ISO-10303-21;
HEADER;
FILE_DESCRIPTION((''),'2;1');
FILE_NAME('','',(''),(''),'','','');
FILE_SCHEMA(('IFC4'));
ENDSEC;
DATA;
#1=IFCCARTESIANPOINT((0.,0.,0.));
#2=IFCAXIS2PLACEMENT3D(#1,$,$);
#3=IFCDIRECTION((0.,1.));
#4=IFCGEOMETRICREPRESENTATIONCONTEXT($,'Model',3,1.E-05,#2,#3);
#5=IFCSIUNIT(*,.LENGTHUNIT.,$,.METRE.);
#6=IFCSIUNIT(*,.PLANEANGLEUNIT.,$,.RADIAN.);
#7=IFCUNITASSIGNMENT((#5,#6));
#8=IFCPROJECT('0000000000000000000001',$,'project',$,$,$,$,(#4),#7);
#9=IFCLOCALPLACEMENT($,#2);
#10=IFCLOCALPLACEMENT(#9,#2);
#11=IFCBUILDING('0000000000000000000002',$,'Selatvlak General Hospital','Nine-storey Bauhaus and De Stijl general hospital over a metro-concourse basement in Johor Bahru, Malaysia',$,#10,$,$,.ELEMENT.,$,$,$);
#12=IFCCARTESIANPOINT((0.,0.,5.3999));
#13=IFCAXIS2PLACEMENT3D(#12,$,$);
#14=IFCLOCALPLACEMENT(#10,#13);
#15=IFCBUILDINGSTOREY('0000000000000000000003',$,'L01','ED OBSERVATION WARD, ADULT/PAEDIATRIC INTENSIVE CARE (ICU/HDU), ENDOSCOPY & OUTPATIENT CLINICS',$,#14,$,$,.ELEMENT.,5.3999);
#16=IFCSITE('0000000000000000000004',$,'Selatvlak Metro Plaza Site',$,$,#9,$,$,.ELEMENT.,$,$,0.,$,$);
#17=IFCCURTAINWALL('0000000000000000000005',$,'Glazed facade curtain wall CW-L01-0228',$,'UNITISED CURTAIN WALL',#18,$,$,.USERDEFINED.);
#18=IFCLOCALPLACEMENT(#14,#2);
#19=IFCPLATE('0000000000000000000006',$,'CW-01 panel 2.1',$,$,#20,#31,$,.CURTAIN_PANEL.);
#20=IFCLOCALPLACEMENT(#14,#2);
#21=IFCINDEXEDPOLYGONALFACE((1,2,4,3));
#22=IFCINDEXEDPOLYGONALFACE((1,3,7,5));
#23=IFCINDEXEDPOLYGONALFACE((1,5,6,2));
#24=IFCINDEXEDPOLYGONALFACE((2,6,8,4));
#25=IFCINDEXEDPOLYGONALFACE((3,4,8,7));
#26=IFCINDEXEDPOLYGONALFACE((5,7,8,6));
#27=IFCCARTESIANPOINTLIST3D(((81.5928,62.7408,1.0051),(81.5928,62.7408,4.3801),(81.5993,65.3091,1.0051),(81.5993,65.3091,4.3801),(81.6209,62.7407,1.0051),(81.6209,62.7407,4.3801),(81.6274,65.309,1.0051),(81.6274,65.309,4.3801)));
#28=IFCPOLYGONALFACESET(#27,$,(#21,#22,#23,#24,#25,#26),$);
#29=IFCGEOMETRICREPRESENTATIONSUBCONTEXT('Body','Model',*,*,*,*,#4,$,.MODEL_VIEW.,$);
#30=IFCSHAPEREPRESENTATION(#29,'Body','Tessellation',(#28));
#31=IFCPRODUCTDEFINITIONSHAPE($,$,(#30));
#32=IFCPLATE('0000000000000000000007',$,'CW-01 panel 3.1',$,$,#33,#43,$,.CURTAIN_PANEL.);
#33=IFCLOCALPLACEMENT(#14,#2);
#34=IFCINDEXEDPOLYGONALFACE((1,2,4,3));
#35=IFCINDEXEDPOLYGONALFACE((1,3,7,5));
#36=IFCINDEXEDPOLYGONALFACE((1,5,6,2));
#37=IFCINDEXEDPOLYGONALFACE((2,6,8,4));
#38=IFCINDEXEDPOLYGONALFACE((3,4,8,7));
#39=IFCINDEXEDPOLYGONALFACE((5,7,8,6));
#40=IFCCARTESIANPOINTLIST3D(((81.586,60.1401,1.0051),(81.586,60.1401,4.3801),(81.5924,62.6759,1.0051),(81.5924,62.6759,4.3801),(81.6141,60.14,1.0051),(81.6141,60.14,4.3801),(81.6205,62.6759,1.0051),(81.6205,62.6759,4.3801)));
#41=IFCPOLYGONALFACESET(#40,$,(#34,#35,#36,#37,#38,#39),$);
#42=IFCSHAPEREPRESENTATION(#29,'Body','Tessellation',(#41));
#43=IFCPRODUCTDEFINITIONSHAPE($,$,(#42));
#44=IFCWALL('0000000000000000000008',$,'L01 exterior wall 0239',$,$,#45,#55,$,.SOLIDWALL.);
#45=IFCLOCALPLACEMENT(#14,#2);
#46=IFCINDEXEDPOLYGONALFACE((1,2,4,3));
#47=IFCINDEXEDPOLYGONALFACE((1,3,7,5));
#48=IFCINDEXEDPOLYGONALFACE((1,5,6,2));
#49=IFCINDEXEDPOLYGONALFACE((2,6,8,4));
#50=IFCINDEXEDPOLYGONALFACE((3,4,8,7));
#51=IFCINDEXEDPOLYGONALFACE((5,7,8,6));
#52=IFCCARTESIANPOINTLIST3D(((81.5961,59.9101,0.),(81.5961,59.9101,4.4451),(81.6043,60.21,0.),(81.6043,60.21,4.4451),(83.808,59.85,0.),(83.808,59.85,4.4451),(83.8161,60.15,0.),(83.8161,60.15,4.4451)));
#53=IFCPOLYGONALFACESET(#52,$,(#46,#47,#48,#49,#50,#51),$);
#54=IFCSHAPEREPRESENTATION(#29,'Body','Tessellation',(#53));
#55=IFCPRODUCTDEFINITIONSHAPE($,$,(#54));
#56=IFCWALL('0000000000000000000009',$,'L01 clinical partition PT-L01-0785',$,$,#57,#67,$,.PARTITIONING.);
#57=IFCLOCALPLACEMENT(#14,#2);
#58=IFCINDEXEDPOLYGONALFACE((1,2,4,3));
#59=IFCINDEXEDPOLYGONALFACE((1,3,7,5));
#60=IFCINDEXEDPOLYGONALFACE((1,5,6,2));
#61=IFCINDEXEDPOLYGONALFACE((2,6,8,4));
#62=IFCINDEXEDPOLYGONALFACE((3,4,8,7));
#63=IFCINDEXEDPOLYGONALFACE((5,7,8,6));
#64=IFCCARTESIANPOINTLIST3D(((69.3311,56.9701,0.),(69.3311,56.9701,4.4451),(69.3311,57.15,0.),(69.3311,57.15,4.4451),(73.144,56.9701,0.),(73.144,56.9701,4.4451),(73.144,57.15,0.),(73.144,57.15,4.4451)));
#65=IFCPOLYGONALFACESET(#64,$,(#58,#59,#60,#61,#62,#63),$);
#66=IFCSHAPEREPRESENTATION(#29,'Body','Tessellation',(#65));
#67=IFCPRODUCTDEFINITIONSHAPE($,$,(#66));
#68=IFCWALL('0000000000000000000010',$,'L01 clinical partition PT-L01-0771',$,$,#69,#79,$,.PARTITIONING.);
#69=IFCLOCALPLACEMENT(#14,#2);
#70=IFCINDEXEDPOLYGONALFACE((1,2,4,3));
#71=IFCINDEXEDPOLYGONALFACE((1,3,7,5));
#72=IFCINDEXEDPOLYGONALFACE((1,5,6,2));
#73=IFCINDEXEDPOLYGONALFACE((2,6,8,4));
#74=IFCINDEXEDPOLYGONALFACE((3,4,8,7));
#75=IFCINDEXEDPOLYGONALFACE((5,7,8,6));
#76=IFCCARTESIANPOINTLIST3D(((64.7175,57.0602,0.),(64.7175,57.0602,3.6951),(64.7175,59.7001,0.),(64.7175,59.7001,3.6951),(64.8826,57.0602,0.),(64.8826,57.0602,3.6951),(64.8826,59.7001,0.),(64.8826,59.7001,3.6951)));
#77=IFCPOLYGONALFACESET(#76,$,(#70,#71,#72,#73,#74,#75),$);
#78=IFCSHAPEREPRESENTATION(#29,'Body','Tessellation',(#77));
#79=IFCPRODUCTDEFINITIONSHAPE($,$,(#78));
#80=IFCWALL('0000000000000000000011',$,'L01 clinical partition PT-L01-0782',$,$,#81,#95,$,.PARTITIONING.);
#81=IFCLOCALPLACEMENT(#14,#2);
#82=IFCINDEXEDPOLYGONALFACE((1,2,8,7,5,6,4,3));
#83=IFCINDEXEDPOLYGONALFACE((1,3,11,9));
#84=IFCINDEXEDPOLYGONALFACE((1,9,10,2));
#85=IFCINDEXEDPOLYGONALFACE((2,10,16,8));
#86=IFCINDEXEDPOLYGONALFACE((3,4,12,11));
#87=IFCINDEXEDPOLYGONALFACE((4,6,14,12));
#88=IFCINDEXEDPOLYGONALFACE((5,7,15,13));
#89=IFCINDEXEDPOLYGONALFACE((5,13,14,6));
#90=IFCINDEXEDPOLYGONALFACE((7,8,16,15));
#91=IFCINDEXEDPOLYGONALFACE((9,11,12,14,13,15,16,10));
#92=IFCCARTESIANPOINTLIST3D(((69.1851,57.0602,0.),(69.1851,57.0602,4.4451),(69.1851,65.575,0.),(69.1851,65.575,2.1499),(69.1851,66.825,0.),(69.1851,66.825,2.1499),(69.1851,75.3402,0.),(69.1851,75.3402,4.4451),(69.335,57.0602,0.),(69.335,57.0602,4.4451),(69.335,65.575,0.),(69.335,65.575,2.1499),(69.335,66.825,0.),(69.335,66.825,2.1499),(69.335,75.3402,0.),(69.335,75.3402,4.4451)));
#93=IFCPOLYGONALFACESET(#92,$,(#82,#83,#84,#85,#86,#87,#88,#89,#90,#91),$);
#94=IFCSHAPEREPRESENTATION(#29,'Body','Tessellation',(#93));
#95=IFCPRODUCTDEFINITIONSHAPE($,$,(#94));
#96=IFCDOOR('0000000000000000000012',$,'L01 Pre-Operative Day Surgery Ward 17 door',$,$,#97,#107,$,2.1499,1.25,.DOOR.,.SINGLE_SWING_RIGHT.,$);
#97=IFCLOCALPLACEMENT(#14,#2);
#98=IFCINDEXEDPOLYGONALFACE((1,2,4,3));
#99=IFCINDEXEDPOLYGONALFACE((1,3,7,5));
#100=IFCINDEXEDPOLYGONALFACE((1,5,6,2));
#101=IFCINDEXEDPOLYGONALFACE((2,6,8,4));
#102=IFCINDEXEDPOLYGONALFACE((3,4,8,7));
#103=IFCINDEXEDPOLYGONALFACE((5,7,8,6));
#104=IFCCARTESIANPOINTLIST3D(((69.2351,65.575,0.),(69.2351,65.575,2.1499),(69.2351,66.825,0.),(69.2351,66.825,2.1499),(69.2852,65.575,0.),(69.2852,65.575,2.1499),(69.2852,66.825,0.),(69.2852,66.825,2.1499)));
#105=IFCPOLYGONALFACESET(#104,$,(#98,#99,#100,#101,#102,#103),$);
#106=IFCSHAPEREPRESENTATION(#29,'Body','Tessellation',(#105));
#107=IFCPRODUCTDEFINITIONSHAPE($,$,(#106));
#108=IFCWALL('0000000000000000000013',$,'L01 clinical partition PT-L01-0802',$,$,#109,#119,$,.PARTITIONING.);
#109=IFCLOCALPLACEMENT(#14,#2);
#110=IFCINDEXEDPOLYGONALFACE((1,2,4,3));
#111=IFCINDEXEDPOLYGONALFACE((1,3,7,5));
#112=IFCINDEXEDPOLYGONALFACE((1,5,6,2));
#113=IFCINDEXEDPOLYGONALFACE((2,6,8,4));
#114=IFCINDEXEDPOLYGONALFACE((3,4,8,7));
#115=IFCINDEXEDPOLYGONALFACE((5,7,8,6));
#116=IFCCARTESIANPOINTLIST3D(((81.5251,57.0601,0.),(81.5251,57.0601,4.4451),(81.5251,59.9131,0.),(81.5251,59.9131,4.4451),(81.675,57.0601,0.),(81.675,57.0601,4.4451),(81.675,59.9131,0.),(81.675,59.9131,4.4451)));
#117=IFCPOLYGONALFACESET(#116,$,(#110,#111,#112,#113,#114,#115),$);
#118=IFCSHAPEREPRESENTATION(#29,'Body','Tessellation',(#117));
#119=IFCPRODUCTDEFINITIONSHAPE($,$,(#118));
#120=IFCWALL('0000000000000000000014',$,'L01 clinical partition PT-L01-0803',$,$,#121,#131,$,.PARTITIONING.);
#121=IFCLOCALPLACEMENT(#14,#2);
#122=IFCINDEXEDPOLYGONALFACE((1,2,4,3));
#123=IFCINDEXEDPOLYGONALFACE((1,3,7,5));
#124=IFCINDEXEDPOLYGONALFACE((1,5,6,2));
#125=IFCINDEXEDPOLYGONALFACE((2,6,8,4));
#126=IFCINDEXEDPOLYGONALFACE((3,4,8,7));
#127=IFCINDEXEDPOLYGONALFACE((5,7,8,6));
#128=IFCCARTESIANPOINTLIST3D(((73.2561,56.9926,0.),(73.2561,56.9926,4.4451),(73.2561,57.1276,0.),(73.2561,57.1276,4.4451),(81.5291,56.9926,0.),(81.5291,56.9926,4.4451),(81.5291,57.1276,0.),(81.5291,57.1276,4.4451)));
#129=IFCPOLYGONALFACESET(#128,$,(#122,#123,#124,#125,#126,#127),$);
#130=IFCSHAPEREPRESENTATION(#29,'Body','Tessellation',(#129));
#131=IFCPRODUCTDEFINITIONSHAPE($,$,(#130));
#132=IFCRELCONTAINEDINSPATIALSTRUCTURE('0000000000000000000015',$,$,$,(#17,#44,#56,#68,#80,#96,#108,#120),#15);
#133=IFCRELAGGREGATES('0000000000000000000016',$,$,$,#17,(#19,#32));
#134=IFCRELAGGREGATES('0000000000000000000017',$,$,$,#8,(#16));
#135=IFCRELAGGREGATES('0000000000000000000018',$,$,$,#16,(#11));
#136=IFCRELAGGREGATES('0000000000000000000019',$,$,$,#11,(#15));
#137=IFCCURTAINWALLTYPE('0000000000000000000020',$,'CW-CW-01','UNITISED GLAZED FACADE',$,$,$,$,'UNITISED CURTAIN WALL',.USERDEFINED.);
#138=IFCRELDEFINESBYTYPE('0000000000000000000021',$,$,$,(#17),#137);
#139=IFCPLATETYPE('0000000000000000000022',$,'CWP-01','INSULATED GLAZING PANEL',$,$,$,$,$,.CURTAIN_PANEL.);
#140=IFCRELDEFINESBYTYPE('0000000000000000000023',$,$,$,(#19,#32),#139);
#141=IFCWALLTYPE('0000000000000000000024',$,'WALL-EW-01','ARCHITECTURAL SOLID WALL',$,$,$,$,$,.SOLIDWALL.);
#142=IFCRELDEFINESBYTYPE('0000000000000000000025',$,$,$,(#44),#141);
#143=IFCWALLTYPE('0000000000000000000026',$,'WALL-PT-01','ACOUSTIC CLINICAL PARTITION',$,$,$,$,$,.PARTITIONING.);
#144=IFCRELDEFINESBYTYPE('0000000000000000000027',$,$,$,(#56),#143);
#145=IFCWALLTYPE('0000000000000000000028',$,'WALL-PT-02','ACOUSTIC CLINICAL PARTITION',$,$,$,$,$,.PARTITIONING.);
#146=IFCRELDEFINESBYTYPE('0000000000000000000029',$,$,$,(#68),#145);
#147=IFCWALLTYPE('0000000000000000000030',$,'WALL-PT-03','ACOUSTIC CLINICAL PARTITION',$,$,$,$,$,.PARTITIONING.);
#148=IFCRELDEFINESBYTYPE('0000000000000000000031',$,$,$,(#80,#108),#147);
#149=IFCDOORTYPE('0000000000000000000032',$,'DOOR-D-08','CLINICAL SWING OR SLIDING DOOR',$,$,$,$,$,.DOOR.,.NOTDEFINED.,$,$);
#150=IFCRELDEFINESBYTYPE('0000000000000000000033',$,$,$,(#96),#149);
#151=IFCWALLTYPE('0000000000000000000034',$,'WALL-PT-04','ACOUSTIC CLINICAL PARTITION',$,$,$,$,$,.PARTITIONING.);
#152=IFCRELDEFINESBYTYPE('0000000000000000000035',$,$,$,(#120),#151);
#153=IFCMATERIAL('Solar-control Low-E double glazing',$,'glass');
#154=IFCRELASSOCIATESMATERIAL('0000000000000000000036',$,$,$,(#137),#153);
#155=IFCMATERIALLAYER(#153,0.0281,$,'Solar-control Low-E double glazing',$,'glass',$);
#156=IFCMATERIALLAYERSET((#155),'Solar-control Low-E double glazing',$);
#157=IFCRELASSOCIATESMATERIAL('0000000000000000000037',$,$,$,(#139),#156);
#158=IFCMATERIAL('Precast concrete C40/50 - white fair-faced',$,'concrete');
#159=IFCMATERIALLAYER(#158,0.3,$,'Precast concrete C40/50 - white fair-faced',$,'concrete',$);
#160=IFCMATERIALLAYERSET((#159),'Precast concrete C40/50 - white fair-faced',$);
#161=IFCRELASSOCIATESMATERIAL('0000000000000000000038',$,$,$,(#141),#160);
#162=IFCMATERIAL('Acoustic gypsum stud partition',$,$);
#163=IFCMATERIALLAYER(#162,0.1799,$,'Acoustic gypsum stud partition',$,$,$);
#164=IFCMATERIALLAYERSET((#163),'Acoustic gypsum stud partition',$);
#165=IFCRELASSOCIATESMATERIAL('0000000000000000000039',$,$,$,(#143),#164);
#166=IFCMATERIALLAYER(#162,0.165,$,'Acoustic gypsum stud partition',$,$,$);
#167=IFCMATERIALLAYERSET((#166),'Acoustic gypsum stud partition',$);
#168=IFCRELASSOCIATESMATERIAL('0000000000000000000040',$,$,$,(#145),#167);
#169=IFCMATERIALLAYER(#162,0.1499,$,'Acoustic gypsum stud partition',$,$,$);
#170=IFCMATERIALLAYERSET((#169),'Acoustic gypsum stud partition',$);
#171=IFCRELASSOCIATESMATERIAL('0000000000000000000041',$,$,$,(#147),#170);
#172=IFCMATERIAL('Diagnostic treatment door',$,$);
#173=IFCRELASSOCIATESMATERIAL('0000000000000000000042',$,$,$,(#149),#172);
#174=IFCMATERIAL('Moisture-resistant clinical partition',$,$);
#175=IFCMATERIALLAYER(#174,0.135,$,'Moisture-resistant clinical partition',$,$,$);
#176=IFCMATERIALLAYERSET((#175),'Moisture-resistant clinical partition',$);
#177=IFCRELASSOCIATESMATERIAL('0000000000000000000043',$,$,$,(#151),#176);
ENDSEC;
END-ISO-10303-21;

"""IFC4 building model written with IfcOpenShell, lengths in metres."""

from ifc_helpers import new_model, si_unit, direction, frame, frame_2d, origin, origin_2d, place, context, subcontext, project, spatial, rectangle, extrude, material, layer, layer_set, type_object, element, fill, aggregate, save


model = new_model("IFC4")

# Units and contexts
model_context = context("Model", 3, precision=1e-05, world=origin(), true_north=direction((0.0, 1.0)))
body_context = subcontext(model_context, "Body", "Model", "MODEL_VIEW")
ifc_project = project(units=[si_unit("LENGTHUNIT", "METRE"), si_unit("PLANEANGLEUNIT", "RADIAN")], contexts=[model_context])

# Site, building, storey
site_placement = place(None, origin())
site = spatial("IfcSite", under=ifc_project, at=site_placement, Name="Selatvlak Metro Plaza Site", CompositionType="ELEMENT", RefElevation=0.0)
building_placement = place(site_placement, origin())
building = spatial("IfcBuilding", under=site, at=building_placement, Name="Selatvlak General Hospital", Description="Nine-storey Bauhaus and De Stijl general hospital over a metro-concourse basement in Johor Bahru, Malaysia", CompositionType="ELEMENT")
storey_placement = place(building_placement, frame((0.0, 0.0, 5.3999)))
storey = spatial("IfcBuildingStorey", under=building, at=storey_placement, Name="L01", Description="ED OBSERVATION WARD, ADULT/PAEDIATRIC INTENSIVE CARE (ICU/HDU), ENDOSCOPY & OUTPATIENT CLINICS", CompositionType="ELEMENT", Elevation=5.3999)

# Curtain wall, plates
ifc_material_1 = material(Name="Solar-control Low-E double glazing", Category="glass")
curtain_wall_type = type_object("IfcCurtainWallType", Name="CW-CW-01", Description="UNITISED GLAZED FACADE", ElementType="UNITISED CURTAIN WALL", PredefinedType="USERDEFINED", material=ifc_material_1)
curtain_wall_placement = place(storey_placement, origin())
curtain_wall = element("IfcCurtainWall", 1, at=curtain_wall_placement, inside=storey, type_object=curtain_wall_type, Name="Glazed facade curtain wall CW-L01-0228", ObjectType="UNITISED CURTAIN WALL", PredefinedType="USERDEFINED")
ifc_layer_1 = layer(ifc_material_1, 0.0281, Name="Solar-control Low-E double glazing", Category="glass")
ifc_layer_set_1 = layer_set([ifc_layer_1], Name="Solar-control Low-E double glazing")
plate_type = type_object("IfcPlateType", Name="CWP-01", Description="INSULATED GLAZING PANEL", PredefinedType="CURTAIN_PANEL", material=ifc_layer_set_1)
plate_1_placement = place(storey_placement, frame((81.6101, 64.0249, 1.0051), z_axis=(0.0, 0.0, 1.0), x_axis=(-0.002532, -0.999997, 0.0)))
plate_1 = element("IfcPlate", 2, at=plate_1_placement, type_object=plate_type, Name="CW-01 panel 2.1", PredefinedType="CURTAIN_PANEL", context=body_context, shape_type="SweptSolid", body=[
    extrude(rectangle(XDim=2.5684, YDim=0.0281, at=origin_2d()), origin(), (0.0, 0.0, 1.0), 3.375),
])
plate_2_placement = place(storey_placement, frame((81.6033, 61.408, 1.0051), z_axis=(0.0, 0.0, 1.0), x_axis=(-0.002532, -0.999997, 0.0)))
plate_2 = element("IfcPlate", 3, at=plate_2_placement, type_object=plate_type, Name="CW-01 panel 3.1", PredefinedType="CURTAIN_PANEL", context=body_context, shape_type="SweptSolid", body=[
    extrude(rectangle(XDim=2.5359, YDim=0.0281, at=origin_2d()), origin(), (0.0, 0.0, 1.0), 3.375),
])
aggregate(curtain_wall, [plate_1, plate_2])

# Walls
ifc_material_2 = material(Name="Precast concrete C40/50 - white fair-faced", Category="concrete")
ifc_layer_2 = layer(ifc_material_2, 0.3, Name="Precast concrete C40/50 - white fair-faced", Category="concrete")
ifc_layer_set_2 = layer_set([ifc_layer_2], Name="Precast concrete C40/50 - white fair-faced")
wall_type_1 = type_object("IfcWallType", Name="WALL-EW-01", Description="ARCHITECTURAL SOLID WALL", PredefinedType="SOLIDWALL", material=ifc_layer_set_2)
wall_1_placement = place(storey_placement, frame((81.6001, 60.0601, 0.0), z_axis=(0.0, 0.0, 1.0), x_axis=(0.999632, -0.027142, 0.0)))
element("IfcWall", 4, at=wall_1_placement, inside=storey, type_object=wall_type_1, Name="L01 exterior wall 0239", PredefinedType="SOLIDWALL", context=body_context, shape_type="SweptSolid", body=[
    extrude(rectangle(XDim=2.2126, YDim=0.3, at=frame_2d((1.1064, 0.0))), origin(), (0.0, 0.0, 1.0), 4.4451),
])
ifc_material_3 = material(Name="Acoustic gypsum stud partition")
ifc_layer_3 = layer(ifc_material_3, 0.1799, Name="Acoustic gypsum stud partition")
ifc_layer_set_3 = layer_set([ifc_layer_3], Name="Acoustic gypsum stud partition")
wall_type_2 = type_object("IfcWallType", Name="WALL-PT-01", Description="ACOUSTIC CLINICAL PARTITION", PredefinedType="PARTITIONING", material=ifc_layer_set_3)
wall_2_placement = place(storey_placement, frame((73.144, 57.0601, 0.0), z_axis=(0.0, 0.0, 1.0), x_axis=(-1.0, 0.0, 0.0)))
element("IfcWall", 5, at=wall_2_placement, inside=storey, type_object=wall_type_2, Name="L01 clinical partition PT-L01-0785", PredefinedType="PARTITIONING", context=body_context, shape_type="SweptSolid", body=[
    extrude(rectangle(XDim=3.813, YDim=0.1799, at=frame_2d((1.9065, 0.0))), origin(), (0.0, 0.0, 1.0), 4.4451),
])
ifc_layer_4 = layer(ifc_material_3, 0.165, Name="Acoustic gypsum stud partition")
ifc_layer_set_4 = layer_set([ifc_layer_4], Name="Acoustic gypsum stud partition")
wall_type_3 = type_object("IfcWallType", Name="WALL-PT-02", Description="ACOUSTIC CLINICAL PARTITION", PredefinedType="PARTITIONING", material=ifc_layer_set_4)
wall_3_placement = place(storey_placement, frame((64.8, 59.7, 0.0), z_axis=(0.0, 0.0, 1.0), x_axis=(0.0, -1.0, 0.0)))
element("IfcWall", 6, at=wall_3_placement, inside=storey, type_object=wall_type_3, Name="L01 clinical partition PT-L01-0771", PredefinedType="PARTITIONING", context=body_context, shape_type="SweptSolid", body=[
    extrude(rectangle(XDim=2.6399, YDim=0.165, at=frame_2d((1.3198, 0.0))), origin(), (0.0, 0.0, 1.0), 3.6951),
])

# Wall, opening, door
ifc_layer_5 = layer(ifc_material_3, 0.1499, Name="Acoustic gypsum stud partition")
ifc_layer_set_5 = layer_set([ifc_layer_5], Name="Acoustic gypsum stud partition")
wall_type_4 = type_object("IfcWallType", Name="WALL-PT-03", Description="ACOUSTIC CLINICAL PARTITION", PredefinedType="PARTITIONING", material=ifc_layer_set_5)
wall_4_placement = place(storey_placement, frame((69.26, 57.0601, 0.0), z_axis=(0.0, 0.0, 1.0), x_axis=(0.0, 1.0, 0.0)))
wall_4 = element("IfcWall", 7, at=wall_4_placement, inside=storey, type_object=wall_type_4, Name="L01 clinical partition PT-L01-0782", PredefinedType="PARTITIONING", context=body_context, shape_type="SweptSolid", body=[
    extrude(rectangle(XDim=18.28, YDim=0.1499, at=frame_2d((9.1401, 0.0))), origin(), (0.0, 0.0, 1.0), 4.4451),
])
opening_placement = place(wall_4_placement, frame((8.5149, 0.0, 0.0)))
opening = element("IfcOpeningElement", 8, at=opening_placement, cuts=wall_4, PredefinedType="OPENING", context=body_context, shape_type="SweptSolid", body=[
    extrude(rectangle(XDim=1.25, YDim=2.1499, at=frame_2d((0.625, 1.075))), frame((0.0, 0.085, 0.0), z_axis=(0.0, -1.0, 0.0), x_axis=(1.0, 0.0, 0.0)), (0.0, 0.0, 1.0), 0.1699),
])
ifc_material_4 = material(Name="Diagnostic treatment door")
door_type = type_object("IfcDoorType", Name="DOOR-D-08", Description="CLINICAL SWING OR SLIDING DOOR", OperationType="NOTDEFINED", PredefinedType="DOOR", material=ifc_material_4)
door_placement = place(opening_placement, origin())
door = element("IfcDoor", 9, at=door_placement, inside=storey, type_object=door_type, Name="L01 Pre-Operative Day Surgery Ward 17 door", OperationType="SINGLE_SWING_RIGHT", OverallHeight=2.1499, OverallWidth=1.25, PredefinedType="DOOR", context=body_context, shape_type="SweptSolid", body=[
    extrude(rectangle(XDim=1.25, YDim=2.1499, at=frame_2d((0.625, 1.075))), frame((0.0, 0.0249, 0.0), z_axis=(0.0, -1.0, 0.0), x_axis=(1.0, 0.0, 0.0)), (0.0, 0.0, 1.0), 0.05),
])
fill(opening, door)

# Walls
wall_5_placement = place(storey_placement, frame((81.6001, 59.9131, 0.0), z_axis=(0.0, 0.0, 1.0), x_axis=(0.0, -1.0, 0.0)))
element("IfcWall", 10, at=wall_5_placement, inside=storey, type_object=wall_type_4, Name="L01 clinical partition PT-L01-0802", PredefinedType="PARTITIONING", context=body_context, shape_type="SweptSolid", body=[
    extrude(rectangle(XDim=2.853, YDim=0.1499, at=frame_2d((1.4265, 0.0))), origin(), (0.0, 0.0, 1.0), 4.4451),
])
ifc_material_5 = material(Name="Moisture-resistant clinical partition")
ifc_layer_6 = layer(ifc_material_5, 0.135, Name="Moisture-resistant clinical partition")
ifc_layer_set_6 = layer_set([ifc_layer_6], Name="Moisture-resistant clinical partition")
wall_type_5 = type_object("IfcWallType", Name="WALL-PT-04", Description="ACOUSTIC CLINICAL PARTITION", PredefinedType="PARTITIONING", material=ifc_layer_set_6)
wall_6_placement = place(storey_placement, frame((81.5291, 57.0601, 0.0), z_axis=(0.0, 0.0, 1.0), x_axis=(-1.0, 0.0, 0.0)))
element("IfcWall", 11, at=wall_6_placement, inside=storey, type_object=wall_type_5, Name="L01 clinical partition PT-L01-0803", PredefinedType="PARTITIONING", context=body_context, shape_type="SweptSolid", body=[
    extrude(rectangle(XDim=8.2729, YDim=0.135, at=frame_2d((4.1365, 0.0))), origin(), (0.0, 0.0, 1.0), 4.4451),
])

save(model, "model.ifc")
